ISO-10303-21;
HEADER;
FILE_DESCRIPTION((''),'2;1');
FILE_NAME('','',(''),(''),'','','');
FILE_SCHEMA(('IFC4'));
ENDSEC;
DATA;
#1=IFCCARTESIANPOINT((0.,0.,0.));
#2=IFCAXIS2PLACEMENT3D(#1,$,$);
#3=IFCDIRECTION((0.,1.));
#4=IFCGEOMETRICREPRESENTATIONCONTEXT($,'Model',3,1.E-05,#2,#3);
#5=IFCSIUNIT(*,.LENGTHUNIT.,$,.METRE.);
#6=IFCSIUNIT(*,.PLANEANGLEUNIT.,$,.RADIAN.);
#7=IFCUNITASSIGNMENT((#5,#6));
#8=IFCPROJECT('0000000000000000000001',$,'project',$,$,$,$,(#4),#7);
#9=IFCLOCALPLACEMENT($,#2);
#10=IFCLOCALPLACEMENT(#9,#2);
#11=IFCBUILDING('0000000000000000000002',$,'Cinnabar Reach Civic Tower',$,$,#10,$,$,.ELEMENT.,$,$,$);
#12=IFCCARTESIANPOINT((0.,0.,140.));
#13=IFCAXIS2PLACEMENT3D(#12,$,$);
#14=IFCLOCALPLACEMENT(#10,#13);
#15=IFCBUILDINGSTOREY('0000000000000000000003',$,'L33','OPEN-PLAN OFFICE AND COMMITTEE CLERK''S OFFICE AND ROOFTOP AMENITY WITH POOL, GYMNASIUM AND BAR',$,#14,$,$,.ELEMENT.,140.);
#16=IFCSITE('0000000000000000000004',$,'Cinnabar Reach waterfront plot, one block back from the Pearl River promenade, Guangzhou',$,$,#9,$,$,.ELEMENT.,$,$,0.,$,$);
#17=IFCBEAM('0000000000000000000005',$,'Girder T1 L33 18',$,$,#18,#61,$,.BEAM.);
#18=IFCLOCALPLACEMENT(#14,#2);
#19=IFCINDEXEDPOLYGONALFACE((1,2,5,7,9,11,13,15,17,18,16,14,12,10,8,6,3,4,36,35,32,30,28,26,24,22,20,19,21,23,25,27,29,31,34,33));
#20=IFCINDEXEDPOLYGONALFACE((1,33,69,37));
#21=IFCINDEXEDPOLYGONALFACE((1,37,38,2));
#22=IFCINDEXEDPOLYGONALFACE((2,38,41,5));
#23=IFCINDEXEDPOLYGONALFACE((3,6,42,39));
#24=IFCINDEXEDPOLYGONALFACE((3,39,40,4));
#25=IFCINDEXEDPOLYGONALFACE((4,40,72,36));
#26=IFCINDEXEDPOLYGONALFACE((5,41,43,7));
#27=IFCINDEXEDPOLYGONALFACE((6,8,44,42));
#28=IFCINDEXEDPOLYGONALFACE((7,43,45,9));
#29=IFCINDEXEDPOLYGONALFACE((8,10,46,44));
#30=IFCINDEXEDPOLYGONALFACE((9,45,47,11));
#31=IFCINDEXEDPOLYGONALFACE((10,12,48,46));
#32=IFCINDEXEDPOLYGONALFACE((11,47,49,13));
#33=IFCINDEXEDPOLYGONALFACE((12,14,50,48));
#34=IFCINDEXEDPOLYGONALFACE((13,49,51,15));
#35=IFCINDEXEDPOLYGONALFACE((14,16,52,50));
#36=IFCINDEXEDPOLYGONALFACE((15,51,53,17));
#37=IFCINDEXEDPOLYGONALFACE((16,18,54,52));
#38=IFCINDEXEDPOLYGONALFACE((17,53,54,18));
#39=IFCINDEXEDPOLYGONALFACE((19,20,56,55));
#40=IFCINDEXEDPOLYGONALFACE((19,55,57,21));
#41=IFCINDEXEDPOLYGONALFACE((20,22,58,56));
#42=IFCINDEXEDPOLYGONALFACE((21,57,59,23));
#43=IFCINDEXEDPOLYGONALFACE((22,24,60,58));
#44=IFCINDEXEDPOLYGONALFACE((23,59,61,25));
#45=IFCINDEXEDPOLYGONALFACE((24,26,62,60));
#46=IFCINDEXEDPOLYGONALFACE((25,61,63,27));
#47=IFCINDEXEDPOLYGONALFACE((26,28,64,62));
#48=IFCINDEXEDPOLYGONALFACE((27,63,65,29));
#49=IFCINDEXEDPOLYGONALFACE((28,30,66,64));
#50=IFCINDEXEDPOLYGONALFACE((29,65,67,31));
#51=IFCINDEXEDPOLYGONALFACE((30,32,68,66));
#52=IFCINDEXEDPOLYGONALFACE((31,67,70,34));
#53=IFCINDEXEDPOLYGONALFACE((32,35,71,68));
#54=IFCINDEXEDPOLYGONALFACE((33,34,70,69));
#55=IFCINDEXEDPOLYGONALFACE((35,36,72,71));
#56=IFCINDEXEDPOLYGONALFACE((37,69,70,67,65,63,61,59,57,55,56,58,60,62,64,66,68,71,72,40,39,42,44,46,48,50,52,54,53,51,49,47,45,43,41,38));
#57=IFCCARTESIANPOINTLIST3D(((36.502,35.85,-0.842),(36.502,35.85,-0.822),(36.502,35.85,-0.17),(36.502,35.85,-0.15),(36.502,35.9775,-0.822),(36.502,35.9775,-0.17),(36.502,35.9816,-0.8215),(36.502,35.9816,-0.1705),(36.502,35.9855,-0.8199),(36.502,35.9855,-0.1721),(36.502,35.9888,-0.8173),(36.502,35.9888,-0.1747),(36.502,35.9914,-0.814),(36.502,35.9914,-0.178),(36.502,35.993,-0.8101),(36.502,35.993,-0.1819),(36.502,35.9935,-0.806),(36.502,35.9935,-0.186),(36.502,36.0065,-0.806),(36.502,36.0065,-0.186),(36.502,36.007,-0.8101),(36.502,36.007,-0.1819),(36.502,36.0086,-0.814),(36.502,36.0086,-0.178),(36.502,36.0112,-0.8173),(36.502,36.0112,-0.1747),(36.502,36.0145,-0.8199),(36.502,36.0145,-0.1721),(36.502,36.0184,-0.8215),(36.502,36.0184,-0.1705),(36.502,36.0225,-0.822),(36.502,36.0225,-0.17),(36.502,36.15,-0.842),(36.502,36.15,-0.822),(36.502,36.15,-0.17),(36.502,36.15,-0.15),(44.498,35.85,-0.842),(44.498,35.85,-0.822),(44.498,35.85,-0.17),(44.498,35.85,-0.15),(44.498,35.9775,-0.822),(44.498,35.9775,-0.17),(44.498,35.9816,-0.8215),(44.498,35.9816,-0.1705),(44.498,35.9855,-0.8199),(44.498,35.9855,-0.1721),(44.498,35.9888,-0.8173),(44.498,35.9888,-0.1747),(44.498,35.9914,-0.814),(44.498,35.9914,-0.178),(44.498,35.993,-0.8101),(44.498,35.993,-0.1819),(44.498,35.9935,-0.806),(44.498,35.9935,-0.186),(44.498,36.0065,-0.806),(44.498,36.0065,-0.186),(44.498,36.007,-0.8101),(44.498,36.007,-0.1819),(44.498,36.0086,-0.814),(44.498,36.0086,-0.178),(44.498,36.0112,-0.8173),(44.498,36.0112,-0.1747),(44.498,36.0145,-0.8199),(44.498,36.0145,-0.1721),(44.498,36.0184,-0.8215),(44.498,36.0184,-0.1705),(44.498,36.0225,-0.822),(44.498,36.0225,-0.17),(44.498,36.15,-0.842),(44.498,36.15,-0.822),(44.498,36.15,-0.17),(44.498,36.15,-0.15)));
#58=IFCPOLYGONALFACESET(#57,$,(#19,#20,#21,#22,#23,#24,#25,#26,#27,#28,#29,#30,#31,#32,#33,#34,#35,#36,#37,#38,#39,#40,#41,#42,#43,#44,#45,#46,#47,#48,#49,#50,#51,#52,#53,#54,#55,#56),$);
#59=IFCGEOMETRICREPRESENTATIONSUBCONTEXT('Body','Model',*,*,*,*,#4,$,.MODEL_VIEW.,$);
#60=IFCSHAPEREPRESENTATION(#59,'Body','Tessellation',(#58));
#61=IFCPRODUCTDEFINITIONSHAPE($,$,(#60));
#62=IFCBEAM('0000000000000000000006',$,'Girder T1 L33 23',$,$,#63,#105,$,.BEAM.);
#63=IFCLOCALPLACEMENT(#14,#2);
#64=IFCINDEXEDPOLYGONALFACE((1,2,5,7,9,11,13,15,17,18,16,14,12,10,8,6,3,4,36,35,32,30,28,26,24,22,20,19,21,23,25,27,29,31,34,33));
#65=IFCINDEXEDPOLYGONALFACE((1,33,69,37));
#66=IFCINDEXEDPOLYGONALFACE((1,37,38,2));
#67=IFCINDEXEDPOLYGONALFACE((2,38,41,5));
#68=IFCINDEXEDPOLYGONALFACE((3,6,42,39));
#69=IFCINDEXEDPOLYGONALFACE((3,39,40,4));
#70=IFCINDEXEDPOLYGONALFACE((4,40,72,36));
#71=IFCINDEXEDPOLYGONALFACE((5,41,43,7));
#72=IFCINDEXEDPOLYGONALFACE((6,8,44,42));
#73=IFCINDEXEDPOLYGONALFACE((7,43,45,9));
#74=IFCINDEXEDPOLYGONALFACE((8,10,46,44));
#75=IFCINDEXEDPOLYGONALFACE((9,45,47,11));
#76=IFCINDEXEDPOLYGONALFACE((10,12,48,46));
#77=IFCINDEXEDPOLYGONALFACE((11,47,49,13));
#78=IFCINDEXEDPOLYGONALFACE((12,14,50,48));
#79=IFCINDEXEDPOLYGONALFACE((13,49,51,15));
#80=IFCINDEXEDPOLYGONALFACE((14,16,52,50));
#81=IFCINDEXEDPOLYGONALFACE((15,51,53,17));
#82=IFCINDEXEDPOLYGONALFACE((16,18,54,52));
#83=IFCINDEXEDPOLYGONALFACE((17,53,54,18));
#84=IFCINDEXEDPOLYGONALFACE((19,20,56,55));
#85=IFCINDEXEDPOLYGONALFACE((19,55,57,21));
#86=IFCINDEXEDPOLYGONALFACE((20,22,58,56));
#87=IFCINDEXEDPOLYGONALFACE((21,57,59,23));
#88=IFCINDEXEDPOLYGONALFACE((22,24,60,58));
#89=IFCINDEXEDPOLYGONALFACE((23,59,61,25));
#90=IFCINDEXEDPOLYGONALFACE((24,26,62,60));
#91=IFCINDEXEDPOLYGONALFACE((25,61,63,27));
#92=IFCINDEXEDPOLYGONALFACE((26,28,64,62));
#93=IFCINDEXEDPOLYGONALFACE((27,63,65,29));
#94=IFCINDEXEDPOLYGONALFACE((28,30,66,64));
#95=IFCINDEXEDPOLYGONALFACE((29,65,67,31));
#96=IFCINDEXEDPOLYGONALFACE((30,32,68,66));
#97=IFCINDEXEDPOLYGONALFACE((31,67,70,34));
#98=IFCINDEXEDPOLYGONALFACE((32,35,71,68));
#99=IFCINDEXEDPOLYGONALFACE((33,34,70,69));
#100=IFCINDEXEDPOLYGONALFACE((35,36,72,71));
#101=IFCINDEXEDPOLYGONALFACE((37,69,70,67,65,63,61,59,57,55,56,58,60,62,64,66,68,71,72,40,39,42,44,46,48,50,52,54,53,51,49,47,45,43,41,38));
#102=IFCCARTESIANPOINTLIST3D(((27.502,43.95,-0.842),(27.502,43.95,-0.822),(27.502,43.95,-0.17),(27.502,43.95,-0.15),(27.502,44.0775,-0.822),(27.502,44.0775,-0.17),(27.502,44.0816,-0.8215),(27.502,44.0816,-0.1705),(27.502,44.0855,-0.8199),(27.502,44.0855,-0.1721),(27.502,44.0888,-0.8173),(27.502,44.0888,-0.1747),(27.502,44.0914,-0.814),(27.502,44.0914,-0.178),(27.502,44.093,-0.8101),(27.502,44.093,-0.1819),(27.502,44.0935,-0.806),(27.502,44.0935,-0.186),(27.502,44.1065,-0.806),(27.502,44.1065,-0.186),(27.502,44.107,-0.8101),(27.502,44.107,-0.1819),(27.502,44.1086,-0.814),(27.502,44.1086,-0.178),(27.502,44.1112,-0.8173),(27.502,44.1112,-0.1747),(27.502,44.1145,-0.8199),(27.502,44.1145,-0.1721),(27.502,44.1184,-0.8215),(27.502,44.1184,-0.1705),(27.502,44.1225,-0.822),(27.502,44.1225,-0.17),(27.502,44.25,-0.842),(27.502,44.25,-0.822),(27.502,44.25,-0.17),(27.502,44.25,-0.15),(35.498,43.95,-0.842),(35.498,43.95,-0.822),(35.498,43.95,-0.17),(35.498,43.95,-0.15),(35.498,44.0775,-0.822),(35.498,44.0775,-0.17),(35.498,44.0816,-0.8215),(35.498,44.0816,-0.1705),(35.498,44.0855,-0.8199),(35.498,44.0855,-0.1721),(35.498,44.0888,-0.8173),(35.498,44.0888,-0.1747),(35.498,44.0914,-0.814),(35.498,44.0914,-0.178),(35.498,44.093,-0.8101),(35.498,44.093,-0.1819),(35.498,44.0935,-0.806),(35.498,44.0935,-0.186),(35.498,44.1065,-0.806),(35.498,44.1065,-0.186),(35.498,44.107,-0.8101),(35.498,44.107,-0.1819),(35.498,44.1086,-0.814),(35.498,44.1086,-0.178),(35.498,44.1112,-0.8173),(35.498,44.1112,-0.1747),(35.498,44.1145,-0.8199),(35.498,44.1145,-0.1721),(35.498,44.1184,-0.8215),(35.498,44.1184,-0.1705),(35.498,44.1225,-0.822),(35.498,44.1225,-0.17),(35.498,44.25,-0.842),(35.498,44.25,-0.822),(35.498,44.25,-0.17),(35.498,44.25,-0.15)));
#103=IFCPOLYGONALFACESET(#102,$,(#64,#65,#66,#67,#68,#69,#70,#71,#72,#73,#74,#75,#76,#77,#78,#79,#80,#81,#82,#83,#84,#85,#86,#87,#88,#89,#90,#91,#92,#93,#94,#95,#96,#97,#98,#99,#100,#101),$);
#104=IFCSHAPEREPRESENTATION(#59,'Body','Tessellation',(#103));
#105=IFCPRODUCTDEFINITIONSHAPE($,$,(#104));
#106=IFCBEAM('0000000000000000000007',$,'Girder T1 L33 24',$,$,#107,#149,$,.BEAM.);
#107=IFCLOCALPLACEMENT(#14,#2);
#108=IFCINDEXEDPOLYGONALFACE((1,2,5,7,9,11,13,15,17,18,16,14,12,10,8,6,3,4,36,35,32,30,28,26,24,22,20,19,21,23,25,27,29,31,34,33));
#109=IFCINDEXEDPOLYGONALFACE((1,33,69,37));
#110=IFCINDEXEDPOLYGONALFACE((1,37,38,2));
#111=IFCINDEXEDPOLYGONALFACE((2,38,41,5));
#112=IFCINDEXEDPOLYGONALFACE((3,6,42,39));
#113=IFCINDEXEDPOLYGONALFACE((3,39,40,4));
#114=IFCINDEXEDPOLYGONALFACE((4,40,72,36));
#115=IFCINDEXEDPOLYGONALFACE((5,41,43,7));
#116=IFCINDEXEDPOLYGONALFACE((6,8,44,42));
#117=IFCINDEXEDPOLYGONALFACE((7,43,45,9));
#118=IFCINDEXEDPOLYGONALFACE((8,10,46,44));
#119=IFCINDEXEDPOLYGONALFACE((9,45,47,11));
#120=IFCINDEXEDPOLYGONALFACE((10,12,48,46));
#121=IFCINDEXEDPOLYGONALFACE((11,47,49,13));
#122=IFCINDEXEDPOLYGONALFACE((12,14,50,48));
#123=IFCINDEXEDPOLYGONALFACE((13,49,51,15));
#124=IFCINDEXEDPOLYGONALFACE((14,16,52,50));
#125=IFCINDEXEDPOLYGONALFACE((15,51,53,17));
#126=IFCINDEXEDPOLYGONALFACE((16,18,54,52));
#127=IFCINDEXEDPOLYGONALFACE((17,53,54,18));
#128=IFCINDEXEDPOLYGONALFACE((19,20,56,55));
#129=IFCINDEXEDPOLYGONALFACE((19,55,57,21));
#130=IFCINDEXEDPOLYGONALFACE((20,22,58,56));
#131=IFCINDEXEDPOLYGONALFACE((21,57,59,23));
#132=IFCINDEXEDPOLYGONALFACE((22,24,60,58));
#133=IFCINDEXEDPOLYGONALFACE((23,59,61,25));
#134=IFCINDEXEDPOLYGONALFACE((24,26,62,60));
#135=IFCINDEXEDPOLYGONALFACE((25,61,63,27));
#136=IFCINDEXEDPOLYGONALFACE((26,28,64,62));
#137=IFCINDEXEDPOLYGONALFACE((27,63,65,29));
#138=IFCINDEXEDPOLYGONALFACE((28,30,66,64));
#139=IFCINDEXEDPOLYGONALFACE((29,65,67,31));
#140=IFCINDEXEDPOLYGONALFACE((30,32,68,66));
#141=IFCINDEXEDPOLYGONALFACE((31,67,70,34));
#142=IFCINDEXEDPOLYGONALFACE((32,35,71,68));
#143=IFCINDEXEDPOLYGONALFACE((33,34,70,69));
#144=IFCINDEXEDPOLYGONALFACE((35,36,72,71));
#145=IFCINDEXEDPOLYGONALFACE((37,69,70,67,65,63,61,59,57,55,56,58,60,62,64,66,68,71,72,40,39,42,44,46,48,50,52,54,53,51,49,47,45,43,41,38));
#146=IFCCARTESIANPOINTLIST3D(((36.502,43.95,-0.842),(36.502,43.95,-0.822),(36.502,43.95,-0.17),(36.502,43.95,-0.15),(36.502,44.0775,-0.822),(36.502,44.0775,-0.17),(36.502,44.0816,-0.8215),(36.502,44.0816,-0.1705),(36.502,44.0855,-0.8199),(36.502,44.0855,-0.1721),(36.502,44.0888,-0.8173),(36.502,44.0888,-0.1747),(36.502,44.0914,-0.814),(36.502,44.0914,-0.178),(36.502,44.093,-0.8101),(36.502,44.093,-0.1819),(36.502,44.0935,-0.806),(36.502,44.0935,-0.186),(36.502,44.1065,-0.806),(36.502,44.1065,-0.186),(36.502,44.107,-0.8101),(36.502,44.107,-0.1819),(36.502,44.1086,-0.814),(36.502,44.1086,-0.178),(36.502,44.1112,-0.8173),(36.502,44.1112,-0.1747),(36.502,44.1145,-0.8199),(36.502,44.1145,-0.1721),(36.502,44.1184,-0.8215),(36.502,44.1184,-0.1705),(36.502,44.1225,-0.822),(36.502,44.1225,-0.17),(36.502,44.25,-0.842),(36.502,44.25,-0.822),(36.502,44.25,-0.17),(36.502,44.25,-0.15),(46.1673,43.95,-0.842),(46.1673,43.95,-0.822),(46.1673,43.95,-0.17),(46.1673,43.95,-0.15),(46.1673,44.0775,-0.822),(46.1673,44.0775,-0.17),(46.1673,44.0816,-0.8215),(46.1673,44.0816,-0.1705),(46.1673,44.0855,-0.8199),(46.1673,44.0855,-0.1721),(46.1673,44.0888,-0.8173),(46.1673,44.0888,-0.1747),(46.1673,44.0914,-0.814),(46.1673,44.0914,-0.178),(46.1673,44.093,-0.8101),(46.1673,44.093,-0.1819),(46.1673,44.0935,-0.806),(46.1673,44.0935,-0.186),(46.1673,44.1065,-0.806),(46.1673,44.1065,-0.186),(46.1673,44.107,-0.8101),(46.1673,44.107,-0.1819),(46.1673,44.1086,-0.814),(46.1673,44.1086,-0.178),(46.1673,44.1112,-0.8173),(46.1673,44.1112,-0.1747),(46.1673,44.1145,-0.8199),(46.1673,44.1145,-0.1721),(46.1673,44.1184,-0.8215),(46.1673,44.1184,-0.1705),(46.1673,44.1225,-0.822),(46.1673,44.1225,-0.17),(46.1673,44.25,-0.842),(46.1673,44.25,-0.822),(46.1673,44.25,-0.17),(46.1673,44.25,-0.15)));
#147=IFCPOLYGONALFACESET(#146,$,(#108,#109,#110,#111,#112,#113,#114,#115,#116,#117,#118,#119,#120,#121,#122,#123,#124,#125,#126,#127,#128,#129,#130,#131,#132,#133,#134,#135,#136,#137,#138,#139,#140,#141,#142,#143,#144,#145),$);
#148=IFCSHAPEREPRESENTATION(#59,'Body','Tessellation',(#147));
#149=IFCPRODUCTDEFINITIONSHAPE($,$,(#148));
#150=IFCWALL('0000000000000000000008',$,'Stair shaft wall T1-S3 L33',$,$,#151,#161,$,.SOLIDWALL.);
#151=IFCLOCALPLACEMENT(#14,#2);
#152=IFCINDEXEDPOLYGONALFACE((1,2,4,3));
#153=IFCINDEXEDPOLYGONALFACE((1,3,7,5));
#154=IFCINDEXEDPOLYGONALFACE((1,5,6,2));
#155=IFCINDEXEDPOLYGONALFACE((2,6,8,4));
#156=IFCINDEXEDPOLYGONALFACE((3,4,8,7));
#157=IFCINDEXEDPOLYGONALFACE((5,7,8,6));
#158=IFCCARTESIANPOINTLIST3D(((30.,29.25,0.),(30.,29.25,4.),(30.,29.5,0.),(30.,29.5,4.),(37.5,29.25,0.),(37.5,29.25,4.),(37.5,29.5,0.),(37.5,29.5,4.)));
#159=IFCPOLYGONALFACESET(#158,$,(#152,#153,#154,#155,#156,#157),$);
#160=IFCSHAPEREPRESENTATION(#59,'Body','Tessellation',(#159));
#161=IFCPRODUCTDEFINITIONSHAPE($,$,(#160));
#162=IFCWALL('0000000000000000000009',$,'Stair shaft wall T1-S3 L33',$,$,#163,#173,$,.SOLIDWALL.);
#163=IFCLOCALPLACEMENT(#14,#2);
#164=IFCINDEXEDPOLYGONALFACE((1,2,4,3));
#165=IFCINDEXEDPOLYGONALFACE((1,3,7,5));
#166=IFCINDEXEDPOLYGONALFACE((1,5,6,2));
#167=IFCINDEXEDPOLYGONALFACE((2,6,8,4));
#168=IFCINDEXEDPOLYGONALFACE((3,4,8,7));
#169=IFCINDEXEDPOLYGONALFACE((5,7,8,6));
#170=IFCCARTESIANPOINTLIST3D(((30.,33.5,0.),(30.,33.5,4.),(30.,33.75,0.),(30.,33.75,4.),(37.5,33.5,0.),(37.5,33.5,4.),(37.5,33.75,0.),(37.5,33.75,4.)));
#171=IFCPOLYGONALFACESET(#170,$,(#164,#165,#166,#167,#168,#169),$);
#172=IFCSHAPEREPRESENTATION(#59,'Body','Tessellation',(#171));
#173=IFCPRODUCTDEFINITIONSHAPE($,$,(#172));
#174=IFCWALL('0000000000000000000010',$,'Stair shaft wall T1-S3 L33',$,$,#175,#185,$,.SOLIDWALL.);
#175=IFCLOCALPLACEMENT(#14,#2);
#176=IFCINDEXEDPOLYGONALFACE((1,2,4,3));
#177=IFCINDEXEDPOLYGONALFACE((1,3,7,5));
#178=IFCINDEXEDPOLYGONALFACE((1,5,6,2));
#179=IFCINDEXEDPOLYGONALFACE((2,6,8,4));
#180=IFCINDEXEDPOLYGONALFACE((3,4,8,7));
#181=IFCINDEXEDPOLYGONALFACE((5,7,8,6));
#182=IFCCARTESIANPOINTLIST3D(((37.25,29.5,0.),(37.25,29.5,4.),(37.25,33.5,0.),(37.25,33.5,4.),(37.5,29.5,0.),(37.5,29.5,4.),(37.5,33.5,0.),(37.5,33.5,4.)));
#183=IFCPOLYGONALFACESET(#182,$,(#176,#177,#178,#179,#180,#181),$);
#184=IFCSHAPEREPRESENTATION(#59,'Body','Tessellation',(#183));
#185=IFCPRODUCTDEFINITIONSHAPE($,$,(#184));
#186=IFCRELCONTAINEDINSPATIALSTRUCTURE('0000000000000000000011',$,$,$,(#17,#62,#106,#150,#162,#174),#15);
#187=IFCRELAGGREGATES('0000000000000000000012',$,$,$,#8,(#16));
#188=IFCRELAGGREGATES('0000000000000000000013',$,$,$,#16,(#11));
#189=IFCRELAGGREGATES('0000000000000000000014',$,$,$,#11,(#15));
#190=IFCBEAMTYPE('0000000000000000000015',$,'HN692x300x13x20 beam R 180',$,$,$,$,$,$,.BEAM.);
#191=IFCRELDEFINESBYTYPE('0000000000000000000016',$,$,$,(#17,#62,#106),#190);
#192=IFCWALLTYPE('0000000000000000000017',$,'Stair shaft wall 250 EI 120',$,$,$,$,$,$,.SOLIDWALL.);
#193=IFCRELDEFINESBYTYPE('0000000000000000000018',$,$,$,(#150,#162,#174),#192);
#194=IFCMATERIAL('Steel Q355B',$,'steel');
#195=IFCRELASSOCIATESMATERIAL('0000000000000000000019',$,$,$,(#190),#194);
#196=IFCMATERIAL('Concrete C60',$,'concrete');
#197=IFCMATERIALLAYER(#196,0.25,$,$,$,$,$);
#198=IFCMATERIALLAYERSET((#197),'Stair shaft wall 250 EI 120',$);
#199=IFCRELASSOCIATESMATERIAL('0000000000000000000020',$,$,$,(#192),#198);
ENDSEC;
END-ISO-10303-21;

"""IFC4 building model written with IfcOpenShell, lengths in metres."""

from ifc_helpers import new_model, si_unit, direction, frame, frame_2d, origin, origin_2d, place, context, subcontext, project, spatial, rectangle, i_section, extrude, material, layer, layer_set, material_profile, profile_set, type_object, element, save


model = new_model("IFC4")

# Units and contexts
model_context = context("Model", 3, precision=1e-05, world=origin(), true_north=direction((0.0, 1.0)))
body_context = subcontext(model_context, "Body", "Model", "MODEL_VIEW")
ifc_project = project(units=[si_unit("LENGTHUNIT", "METRE"), si_unit("PLANEANGLEUNIT", "RADIAN")], contexts=[model_context])

# Site, building, storey
site_placement = place(None, origin())
site = spatial("IfcSite", under=ifc_project, at=site_placement, Name="Cinnabar Reach waterfront plot, one block back from the Pearl River promenade, Guangzhou", CompositionType="ELEMENT", RefElevation=0.0)
building_placement = place(site_placement, origin())
building = spatial("IfcBuilding", under=site, at=building_placement, Name="Cinnabar Reach Civic Tower", CompositionType="ELEMENT")
storey_placement = place(building_placement, frame((0.0, 0.0, 140.0)))
storey = spatial("IfcBuildingStorey", under=building, at=storey_placement, Name="L33", Description="OPEN-PLAN OFFICE AND COMMITTEE CLERK'S OFFICE AND ROOFTOP AMENITY WITH POOL, GYMNASIUM AND BAR", CompositionType="ELEMENT", Elevation=140.0)

# Beams
ifc_material_1 = material(Name="Steel Q355B", Category="steel")
ifc_material_profile_1 = material_profile(ifc_material_1, i_section(OverallWidth=0.3, OverallDepth=0.692, WebThickness=0.013, FlangeThickness=0.02, FilletRadius=0.016, at=origin_2d()), Name="HN692x300x13x20")
ifc_profile_set_1 = profile_set([ifc_material_profile_1], Name="Steel Q355B")
beam_type_1 = type_object("IfcBeamType", Name="HN692x300x13x20 beam R 180", PredefinedType="BEAM", material=ifc_profile_set_1)
for number, where, z_axis, x_axis, name in (
    (1, (36.502, 36.0, -0.496), (1.0, 0.0, 0.0), (0.0, 1.0, 0.0), "Girder T1 L33 18"),
    (2, (27.502, 44.1, -0.496), (1.0, 0.0, 0.0), (0.0, 1.0, 0.0), "Girder T1 L33 23"),
):
    element("IfcBeam", number, at=place(storey_placement, frame(where, z_axis=z_axis, x_axis=x_axis)), inside=storey, type_object=beam_type_1, Name=name, PredefinedType="BEAM", context=body_context, shape_type="SweptSolid", body=[
        extrude(i_section(OverallWidth=0.3, OverallDepth=0.692, WebThickness=0.013, FlangeThickness=0.02, FilletRadius=0.016, at=origin_2d()), origin(), (0.0, 0.0, 1.0), 7.996),
    ])
beam_1_placement = place(storey_placement, frame((36.502, 44.1, -0.496), z_axis=(1.0, 0.0, 0.0), x_axis=(0.0, 1.0, 0.0)))
element("IfcBeam", 3, at=beam_1_placement, inside=storey, type_object=beam_type_1, Name="Girder T1 L33 24", PredefinedType="BEAM", context=body_context, shape_type="SweptSolid", body=[
    extrude(i_section(OverallWidth=0.3, OverallDepth=0.692, WebThickness=0.013, FlangeThickness=0.02, FilletRadius=0.016, at=origin_2d()), origin(), (0.0, 0.0, 1.0), 9.6653),
])

# Walls
ifc_material_2 = material(Name="Concrete C60", Category="concrete")
ifc_layer_1 = layer(ifc_material_2, 0.25)
ifc_layer_set_1 = layer_set([ifc_layer_1], Name="Stair shaft wall 250 EI 120")
wall_type_1 = type_object("IfcWallType", Name="Stair shaft wall 250 EI 120", PredefinedType="SOLIDWALL", material=ifc_layer_set_1)
for number, where, z_axis, x_axis, name in (
    (4, (30.0, 29.375, 0.0), (0.0, 0.0, 1.0), (1.0, 0.0, 0.0), "Stair shaft wall T1-S3 L33"),
    (5, (37.5, 33.625, 0.0), (0.0, 0.0, 1.0), (-1.0, 0.0, 0.0), "Stair shaft wall T1-S3 L33"),
):
    element("IfcWall", number, at=place(storey_placement, frame(where, z_axis=z_axis, x_axis=x_axis)), inside=storey, type_object=wall_type_1, Name=name, PredefinedType="SOLIDWALL", context=body_context, shape_type="SweptSolid", body=[
        extrude(rectangle(XDim=7.5, YDim=0.25, at=frame_2d((3.75, 0.0))), origin(), (0.0, 0.0, 1.0), 4.0),
    ])
wall_1_placement = place(storey_placement, frame((37.375, 29.5, 0.0), z_axis=(0.0, 0.0, 1.0), x_axis=(0.0, 1.0, 0.0)))
element("IfcWall", 6, at=wall_1_placement, inside=storey, type_object=wall_type_1, Name="Stair shaft wall T1-S3 L33", PredefinedType="SOLIDWALL", context=body_context, shape_type="SweptSolid", body=[
    extrude(rectangle(XDim=4.0, YDim=0.25, at=frame_2d((2.0, 0.0))), origin(), (0.0, 0.0, 1.0), 4.0),
])

save(model, "model.ifc")
